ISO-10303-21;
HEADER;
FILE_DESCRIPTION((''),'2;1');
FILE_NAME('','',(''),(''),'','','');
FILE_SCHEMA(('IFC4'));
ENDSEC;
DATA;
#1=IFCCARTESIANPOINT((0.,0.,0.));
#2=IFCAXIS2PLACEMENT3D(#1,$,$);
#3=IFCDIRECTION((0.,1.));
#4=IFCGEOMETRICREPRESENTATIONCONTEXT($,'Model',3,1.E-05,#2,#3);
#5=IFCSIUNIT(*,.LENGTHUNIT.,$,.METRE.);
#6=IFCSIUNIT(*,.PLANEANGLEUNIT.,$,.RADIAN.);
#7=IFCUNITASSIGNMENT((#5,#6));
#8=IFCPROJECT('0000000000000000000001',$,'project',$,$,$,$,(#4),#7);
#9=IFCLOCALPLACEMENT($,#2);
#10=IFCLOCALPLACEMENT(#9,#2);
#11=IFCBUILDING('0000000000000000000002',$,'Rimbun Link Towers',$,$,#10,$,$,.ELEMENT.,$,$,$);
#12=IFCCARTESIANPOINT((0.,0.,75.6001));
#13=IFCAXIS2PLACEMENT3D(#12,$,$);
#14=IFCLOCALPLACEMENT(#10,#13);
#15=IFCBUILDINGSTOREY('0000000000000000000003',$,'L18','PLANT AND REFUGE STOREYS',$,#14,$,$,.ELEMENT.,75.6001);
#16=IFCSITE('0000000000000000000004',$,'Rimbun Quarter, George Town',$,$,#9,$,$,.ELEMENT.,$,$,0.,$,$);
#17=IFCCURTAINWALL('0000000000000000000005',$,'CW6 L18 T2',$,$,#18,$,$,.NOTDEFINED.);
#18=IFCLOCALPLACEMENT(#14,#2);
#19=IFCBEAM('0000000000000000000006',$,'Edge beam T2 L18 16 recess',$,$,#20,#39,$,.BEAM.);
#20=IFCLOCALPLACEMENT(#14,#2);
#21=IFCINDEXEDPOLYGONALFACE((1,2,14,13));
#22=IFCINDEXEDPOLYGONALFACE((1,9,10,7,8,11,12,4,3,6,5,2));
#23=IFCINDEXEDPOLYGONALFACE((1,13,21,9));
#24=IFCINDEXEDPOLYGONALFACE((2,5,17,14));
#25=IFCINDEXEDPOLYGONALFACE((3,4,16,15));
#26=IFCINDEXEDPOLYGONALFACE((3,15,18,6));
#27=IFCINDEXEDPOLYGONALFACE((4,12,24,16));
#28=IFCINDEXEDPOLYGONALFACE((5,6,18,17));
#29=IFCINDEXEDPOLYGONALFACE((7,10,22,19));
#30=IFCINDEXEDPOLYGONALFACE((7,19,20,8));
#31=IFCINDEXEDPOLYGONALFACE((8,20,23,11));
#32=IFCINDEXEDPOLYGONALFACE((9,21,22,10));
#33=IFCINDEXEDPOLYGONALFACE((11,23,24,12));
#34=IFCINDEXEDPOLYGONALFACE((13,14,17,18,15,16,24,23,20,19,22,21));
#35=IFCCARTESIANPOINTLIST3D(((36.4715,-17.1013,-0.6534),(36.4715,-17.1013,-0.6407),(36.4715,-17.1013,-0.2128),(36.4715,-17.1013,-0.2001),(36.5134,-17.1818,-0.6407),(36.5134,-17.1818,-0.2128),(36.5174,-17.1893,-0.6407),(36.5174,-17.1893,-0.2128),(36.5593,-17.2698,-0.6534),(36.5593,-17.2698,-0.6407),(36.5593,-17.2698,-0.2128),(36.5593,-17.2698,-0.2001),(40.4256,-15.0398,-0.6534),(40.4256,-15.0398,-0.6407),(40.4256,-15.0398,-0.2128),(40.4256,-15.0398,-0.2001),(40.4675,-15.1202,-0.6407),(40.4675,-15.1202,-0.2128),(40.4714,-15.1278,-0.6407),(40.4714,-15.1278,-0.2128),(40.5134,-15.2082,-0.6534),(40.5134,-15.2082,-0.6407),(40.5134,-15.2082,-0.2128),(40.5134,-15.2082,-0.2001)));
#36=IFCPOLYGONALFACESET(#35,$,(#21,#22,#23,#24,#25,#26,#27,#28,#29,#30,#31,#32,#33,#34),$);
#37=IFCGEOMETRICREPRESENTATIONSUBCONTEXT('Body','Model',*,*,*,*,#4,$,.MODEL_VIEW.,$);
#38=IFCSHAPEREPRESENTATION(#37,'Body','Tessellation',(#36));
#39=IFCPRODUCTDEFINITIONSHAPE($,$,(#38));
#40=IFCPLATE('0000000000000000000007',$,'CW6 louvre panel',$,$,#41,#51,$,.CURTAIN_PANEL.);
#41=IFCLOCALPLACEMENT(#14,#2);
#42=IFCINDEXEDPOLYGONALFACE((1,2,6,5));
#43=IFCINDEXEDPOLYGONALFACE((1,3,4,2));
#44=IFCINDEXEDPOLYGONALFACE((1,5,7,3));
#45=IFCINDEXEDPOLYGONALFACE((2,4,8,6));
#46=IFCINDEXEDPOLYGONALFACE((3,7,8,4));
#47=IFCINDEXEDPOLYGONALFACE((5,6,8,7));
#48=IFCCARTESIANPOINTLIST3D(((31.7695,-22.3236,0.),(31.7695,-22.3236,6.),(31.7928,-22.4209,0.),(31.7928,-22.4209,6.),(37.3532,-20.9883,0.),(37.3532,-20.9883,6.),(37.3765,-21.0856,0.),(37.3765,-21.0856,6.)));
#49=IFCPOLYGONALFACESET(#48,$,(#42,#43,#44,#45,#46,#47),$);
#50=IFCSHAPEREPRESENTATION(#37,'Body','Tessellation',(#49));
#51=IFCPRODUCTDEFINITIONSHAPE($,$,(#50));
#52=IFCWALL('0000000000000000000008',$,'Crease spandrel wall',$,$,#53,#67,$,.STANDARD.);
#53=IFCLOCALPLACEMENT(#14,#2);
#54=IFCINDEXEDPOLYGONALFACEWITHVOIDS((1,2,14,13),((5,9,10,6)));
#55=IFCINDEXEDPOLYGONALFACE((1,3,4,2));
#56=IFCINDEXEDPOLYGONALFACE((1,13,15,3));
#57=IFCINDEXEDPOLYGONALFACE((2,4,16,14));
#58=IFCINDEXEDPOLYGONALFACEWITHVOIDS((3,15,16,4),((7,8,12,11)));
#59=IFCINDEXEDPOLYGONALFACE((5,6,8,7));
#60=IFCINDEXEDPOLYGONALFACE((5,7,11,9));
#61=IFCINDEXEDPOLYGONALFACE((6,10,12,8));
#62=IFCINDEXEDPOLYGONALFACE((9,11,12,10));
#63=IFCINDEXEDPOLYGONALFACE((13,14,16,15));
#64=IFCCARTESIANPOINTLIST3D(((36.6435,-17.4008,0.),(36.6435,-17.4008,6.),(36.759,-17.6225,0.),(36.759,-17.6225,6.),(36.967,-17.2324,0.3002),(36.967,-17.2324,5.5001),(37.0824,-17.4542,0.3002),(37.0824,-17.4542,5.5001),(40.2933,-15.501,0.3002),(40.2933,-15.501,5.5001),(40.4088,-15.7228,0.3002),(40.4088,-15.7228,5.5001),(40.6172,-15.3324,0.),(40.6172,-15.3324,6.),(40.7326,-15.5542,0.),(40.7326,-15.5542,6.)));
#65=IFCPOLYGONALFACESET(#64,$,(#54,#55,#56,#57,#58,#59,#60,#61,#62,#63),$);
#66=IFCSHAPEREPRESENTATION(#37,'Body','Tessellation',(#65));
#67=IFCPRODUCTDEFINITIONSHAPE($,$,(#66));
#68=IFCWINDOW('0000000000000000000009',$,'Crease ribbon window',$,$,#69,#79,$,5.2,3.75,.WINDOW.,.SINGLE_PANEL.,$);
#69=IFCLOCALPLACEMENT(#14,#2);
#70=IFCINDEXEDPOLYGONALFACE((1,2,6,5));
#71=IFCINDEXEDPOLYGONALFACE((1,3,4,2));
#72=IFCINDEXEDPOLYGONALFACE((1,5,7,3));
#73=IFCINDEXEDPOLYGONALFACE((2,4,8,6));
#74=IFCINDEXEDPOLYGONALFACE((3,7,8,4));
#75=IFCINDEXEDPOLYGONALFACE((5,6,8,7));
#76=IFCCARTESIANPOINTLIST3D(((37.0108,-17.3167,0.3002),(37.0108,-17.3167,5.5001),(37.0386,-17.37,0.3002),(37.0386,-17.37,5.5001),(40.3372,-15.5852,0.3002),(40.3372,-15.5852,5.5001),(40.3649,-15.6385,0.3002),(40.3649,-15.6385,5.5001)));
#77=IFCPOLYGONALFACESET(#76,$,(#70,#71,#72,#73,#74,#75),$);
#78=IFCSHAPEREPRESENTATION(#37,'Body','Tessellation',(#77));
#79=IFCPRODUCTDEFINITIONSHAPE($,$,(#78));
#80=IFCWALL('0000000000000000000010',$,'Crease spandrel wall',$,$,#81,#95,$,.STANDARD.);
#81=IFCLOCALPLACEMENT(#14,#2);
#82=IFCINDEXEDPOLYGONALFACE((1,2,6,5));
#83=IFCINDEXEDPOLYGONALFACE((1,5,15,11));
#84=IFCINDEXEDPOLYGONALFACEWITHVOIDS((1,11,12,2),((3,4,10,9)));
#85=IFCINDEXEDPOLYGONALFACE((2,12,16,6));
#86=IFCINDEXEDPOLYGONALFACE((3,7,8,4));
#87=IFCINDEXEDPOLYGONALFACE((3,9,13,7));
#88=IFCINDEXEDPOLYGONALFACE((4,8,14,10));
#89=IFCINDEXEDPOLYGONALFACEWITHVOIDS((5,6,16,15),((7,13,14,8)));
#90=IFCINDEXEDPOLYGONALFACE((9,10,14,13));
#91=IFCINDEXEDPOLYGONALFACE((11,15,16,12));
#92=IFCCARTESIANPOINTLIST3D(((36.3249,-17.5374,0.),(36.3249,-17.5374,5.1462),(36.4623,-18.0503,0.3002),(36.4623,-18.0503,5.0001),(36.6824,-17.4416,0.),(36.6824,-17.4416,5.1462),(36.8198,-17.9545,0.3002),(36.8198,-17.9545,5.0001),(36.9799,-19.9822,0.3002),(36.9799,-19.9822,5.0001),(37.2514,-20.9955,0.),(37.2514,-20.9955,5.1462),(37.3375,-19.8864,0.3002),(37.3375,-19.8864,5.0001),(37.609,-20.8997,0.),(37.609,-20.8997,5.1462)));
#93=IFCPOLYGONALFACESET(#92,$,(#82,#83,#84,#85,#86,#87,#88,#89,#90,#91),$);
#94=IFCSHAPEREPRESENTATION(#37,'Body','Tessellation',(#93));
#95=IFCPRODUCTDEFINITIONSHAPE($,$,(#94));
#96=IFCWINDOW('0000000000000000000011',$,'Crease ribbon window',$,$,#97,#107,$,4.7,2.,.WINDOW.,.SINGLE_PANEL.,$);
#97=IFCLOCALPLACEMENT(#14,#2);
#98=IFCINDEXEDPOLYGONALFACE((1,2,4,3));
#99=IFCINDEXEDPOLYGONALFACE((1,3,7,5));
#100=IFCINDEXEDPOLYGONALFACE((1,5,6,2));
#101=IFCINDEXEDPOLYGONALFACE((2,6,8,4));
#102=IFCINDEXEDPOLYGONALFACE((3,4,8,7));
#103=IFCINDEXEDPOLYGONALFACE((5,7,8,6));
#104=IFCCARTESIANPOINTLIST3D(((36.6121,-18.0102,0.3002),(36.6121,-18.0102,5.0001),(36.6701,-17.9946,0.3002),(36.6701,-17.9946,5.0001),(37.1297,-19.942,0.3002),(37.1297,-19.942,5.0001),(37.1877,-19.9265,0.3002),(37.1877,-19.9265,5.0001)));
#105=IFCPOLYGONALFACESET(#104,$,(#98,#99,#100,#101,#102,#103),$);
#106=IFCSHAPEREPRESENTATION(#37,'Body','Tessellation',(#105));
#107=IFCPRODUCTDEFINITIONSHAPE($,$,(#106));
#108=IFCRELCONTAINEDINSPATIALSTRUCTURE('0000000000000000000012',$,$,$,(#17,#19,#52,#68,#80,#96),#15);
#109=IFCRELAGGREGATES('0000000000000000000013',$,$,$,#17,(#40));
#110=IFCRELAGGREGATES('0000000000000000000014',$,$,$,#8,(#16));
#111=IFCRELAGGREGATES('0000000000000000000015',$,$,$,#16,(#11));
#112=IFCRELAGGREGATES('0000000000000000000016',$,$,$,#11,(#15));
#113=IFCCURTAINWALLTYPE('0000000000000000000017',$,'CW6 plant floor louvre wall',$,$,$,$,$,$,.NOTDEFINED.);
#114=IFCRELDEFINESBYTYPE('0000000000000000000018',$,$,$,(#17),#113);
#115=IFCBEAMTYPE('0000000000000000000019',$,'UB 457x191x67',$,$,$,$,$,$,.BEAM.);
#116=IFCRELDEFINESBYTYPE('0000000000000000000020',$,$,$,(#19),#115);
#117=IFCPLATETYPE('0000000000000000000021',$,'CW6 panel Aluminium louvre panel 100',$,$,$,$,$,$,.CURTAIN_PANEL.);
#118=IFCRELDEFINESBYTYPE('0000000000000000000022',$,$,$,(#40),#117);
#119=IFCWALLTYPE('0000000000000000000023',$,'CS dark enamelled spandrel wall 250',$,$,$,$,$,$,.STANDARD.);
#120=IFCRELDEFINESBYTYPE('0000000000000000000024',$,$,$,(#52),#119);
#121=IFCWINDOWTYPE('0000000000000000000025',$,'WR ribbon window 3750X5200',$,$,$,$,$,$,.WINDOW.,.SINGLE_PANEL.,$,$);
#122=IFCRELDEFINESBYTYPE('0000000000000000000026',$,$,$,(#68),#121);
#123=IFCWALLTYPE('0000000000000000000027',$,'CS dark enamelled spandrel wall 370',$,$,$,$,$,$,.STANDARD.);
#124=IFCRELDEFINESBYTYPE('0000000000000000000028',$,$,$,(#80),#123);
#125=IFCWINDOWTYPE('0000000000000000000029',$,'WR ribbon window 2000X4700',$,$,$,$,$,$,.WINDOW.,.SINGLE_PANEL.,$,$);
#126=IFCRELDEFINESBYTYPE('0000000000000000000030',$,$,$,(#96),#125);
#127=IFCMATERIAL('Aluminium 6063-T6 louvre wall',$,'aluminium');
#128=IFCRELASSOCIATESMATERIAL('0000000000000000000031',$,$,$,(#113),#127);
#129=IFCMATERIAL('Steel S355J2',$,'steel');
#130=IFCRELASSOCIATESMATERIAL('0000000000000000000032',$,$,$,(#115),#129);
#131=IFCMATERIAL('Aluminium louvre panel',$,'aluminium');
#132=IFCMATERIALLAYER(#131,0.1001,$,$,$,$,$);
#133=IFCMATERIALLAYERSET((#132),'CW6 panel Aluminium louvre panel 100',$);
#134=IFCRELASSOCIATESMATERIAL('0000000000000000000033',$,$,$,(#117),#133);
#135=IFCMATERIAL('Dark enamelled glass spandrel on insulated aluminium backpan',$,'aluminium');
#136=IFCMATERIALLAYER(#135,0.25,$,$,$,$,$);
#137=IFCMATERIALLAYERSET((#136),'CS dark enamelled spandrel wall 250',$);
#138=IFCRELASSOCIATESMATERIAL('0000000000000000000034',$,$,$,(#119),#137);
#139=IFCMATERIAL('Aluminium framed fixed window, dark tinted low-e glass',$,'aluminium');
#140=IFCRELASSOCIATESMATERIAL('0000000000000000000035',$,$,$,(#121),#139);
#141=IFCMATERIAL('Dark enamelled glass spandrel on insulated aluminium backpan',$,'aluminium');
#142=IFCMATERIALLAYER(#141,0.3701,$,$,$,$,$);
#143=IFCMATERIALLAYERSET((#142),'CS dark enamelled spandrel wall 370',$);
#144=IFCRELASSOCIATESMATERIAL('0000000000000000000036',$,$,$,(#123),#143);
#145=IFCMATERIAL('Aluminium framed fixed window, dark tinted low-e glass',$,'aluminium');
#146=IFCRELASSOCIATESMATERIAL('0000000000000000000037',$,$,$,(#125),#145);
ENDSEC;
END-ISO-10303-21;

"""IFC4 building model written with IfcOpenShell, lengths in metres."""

from ifc_helpers import new_model, si_unit, direction, frame, frame_2d, origin, origin_2d, place, context, subcontext, project, spatial, rectangle, i_section, extrude, material, layer, layer_set, material_profile, profile_set, type_object, element, fill, aggregate, save


model = new_model("IFC4")

# Units and contexts
model_context = context("Model", 3, precision=1e-05, world=origin(), true_north=direction((0.0, 1.0)))
body_context = subcontext(model_context, "Body", "Model", "MODEL_VIEW")
ifc_project = project(units=[si_unit("LENGTHUNIT", "METRE"), si_unit("PLANEANGLEUNIT", "RADIAN")], contexts=[model_context])

# Site, building, storey
site_placement = place(None, origin())
site = spatial("IfcSite", under=ifc_project, at=site_placement, Name="Rimbun Quarter, George Town", CompositionType="ELEMENT", RefElevation=0.0)
building_placement = place(site_placement, origin())
building = spatial("IfcBuilding", under=site, at=building_placement, Name="Rimbun Link Towers", CompositionType="ELEMENT")
storey_placement = place(building_placement, frame((0.0, 0.0, 75.6001)))
storey = spatial("IfcBuildingStorey", under=building, at=storey_placement, Name="L18", Description="PLANT AND REFUGE STOREYS", CompositionType="ELEMENT", Elevation=75.6001)

# Curtain wall
ifc_material_1 = material(Name="Aluminium 6063-T6 louvre wall", Category="aluminium")
curtain_wall_type = type_object("IfcCurtainWallType", Name="CW6 plant floor louvre wall", PredefinedType="NOTDEFINED", material=ifc_material_1)
curtain_wall_placement = place(storey_placement, origin())
curtain_wall = element("IfcCurtainWall", 1, at=curtain_wall_placement, inside=storey, type_object=curtain_wall_type, Name="CW6 L18 T2", PredefinedType="NOTDEFINED")

# Beam
ifc_material_2 = material(Name="Steel S355J2", Category="steel")
ifc_material_profile_1 = material_profile(ifc_material_2, i_section(OverallWidth=0.1899, OverallDepth=0.4534, WebThickness=0.0085, FlangeThickness=0.0127, at=origin_2d()), Name="UB 457x191x67")
ifc_profile_set_1 = profile_set([ifc_material_profile_1], Name="Steel S355J2")
beam_type_1 = type_object("IfcBeamType", Name="UB 457x191x67", PredefinedType="BEAM", material=ifc_profile_set_1)
beam_1_placement = place(storey_placement, frame((36.5154, -17.1855, -0.4268), z_axis=(0.886721, 0.462304, 0.0), x_axis=(-0.462304, 0.886721, 0.0)))
element("IfcBeam", 2, at=beam_1_placement, inside=storey, type_object=beam_type_1, Name="Edge beam T2 L18 16 recess", PredefinedType="BEAM", context=body_context, shape_type="SweptSolid", body=[
    extrude(i_section(OverallWidth=0.1899, OverallDepth=0.4534, WebThickness=0.0085, FlangeThickness=0.0127, at=origin_2d()), origin(), (0.0, 0.0, 1.0), 4.4592),
])

# Plate
ifc_material_3 = material(Name="Aluminium louvre panel", Category="aluminium")
ifc_layer_1 = layer(ifc_material_3, 0.1001)
ifc_layer_set_1 = layer_set([ifc_layer_1], Name="CW6 panel Aluminium louvre panel 100")
plate_type = type_object("IfcPlateType", Name="CW6 panel Aluminium louvre panel 100", PredefinedType="CURTAIN_PANEL", material=ifc_layer_set_1)
plate_placement = place(storey_placement, frame((34.573, -21.7046, 0.0), z_axis=(0.0, 0.0, 1.0), x_axis=(-0.972576, -0.232584, 0.0)))
plate = element("IfcPlate", 3, at=plate_placement, type_object=plate_type, Name="CW6 louvre panel", PredefinedType="CURTAIN_PANEL", context=body_context, shape_type="SweptSolid", body=[
    extrude(rectangle(XDim=5.7412, YDim=0.1001, at=origin_2d()), origin(), (0.0, 0.0, 1.0), 6.0),
])
aggregate(curtain_wall, [plate])

# Walls, openings, windows
ifc_material_4 = material(Name="Dark enamelled glass spandrel on insulated aluminium backpan", Category="aluminium")
ifc_layer_2 = layer(ifc_material_4, 0.25)
ifc_layer_set_2 = layer_set([ifc_layer_2], Name="CS dark enamelled spandrel wall 250")
wall_type_1 = type_object("IfcWallType", Name="CS dark enamelled spandrel wall 250", PredefinedType="STANDARD", material=ifc_layer_set_2)
wall_1_placement = place(storey_placement, frame((40.6748, -15.4434, 0.0), z_axis=(0.0, 0.0, 1.0), x_axis=(-0.887028, -0.461716, 0.0)))
wall_1 = element("IfcWall", 4, at=wall_1_placement, inside=storey, type_object=wall_type_1, Name="Crease spandrel wall", PredefinedType="STANDARD", context=body_context, shape_type="SweptSolid", body=[
    extrude(rectangle(XDim=4.4797, YDim=0.25, at=frame_2d((2.2397, 0.0))), origin(), (0.0, 0.0, 1.0), 6.0),
])
opening_1_placement = place(wall_1_placement, frame((0.365, 0.0, 0.3)))
opening_1 = element("IfcOpeningElement", 5, at=opening_1_placement, cuts=wall_1, PredefinedType="OPENING", context=body_context, shape_type="SweptSolid", body=[
    extrude(rectangle(XDim=3.75, YDim=5.2, at=frame_2d((1.875, 2.6001))), frame((0.0, 0.135, 0.0), z_axis=(0.0, -1.0, 0.0), x_axis=(1.0, 0.0, 0.0)), (0.0, 0.0, 1.0), 0.27),
])
ifc_material_5 = material(Name="Aluminium framed fixed window, dark tinted low-e glass", Category="aluminium")
window_type_1 = type_object("IfcWindowType", Name="WR ribbon window 3750X5200", PartitioningType="SINGLE_PANEL", PredefinedType="WINDOW", material=ifc_material_5)
window_1_placement = place(opening_1_placement, origin())
window_1 = element("IfcWindow", 6, at=window_1_placement, inside=storey, type_object=window_type_1, Name="Crease ribbon window", OverallHeight=5.2, OverallWidth=3.75, PartitioningType="SINGLE_PANEL", PredefinedType="WINDOW", context=body_context, shape_type="SweptSolid", body=[
    extrude(rectangle(XDim=3.75, YDim=5.2, at=frame_2d((1.875, 2.6001))), frame((0.0, 0.03, 0.0), z_axis=(0.0, -1.0, 0.0), x_axis=(1.0, 0.0, 0.0)), (0.0, 0.0, 1.0), 0.0601),
])
fill(opening_1, window_1)
ifc_material_6 = material(Name="Dark enamelled glass spandrel on insulated aluminium backpan", Category="aluminium")
ifc_layer_3 = layer(ifc_material_6, 0.3701)
ifc_layer_set_3 = layer_set([ifc_layer_3], Name="CS dark enamelled spandrel wall 370")
wall_type_2 = type_object("IfcWallType", Name="CS dark enamelled spandrel wall 370", PredefinedType="STANDARD", material=ifc_layer_set_3)
wall_2_placement = place(storey_placement, frame((36.5037, -17.4895, 0.0), z_axis=(0.0, 0.0, 1.0), x_axis=(0.258804, -0.96593, 0.0)))
wall_2 = element("IfcWall", 7, at=wall_2_placement, inside=storey, type_object=wall_type_2, Name="Crease spandrel wall", PredefinedType="STANDARD", context=body_context, shape_type="SweptSolid", body=[
    extrude(rectangle(XDim=3.5801, YDim=0.3701, at=frame_2d((1.79, 0.0))), origin(), (0.0, 0.0, 1.0), 5.1462),
])
opening_2_placement = place(wall_2_placement, frame((0.531, 0.0, 0.3)))
opening_2 = element("IfcOpeningElement", 8, at=opening_2_placement, cuts=wall_2, PredefinedType="OPENING", context=body_context, shape_type="SweptSolid", body=[
    extrude(rectangle(XDim=2.0, YDim=4.7, at=frame_2d((1.0, 2.3501))), frame((0.0, 0.1951, 0.0), z_axis=(0.0, -1.0, 0.0), x_axis=(1.0, 0.0, 0.0)), (0.0, 0.0, 1.0), 0.3901),
])
ifc_material_7 = material(Name="Aluminium framed fixed window, dark tinted low-e glass", Category="aluminium")
window_type_2 = type_object("IfcWindowType", Name="WR ribbon window 2000X4700", PartitioningType="SINGLE_PANEL", PredefinedType="WINDOW", material=ifc_material_7)
window_2_placement = place(opening_2_placement, origin())
window_2 = element("IfcWindow", 9, at=window_2_placement, inside=storey, type_object=window_type_2, Name="Crease ribbon window", OverallHeight=4.7, OverallWidth=2.0, PartitioningType="SINGLE_PANEL", PredefinedType="WINDOW", context=body_context, shape_type="SweptSolid", body=[
    extrude(rectangle(XDim=2.0, YDim=4.7, at=frame_2d((1.0, 2.3501))), frame((0.0, 0.03, 0.0), z_axis=(0.0, -1.0, 0.0), x_axis=(1.0, 0.0, 0.0)), (0.0, 0.0, 1.0), 0.0601),
])
fill(opening_2, window_2)

save(model, "model.ifc")
